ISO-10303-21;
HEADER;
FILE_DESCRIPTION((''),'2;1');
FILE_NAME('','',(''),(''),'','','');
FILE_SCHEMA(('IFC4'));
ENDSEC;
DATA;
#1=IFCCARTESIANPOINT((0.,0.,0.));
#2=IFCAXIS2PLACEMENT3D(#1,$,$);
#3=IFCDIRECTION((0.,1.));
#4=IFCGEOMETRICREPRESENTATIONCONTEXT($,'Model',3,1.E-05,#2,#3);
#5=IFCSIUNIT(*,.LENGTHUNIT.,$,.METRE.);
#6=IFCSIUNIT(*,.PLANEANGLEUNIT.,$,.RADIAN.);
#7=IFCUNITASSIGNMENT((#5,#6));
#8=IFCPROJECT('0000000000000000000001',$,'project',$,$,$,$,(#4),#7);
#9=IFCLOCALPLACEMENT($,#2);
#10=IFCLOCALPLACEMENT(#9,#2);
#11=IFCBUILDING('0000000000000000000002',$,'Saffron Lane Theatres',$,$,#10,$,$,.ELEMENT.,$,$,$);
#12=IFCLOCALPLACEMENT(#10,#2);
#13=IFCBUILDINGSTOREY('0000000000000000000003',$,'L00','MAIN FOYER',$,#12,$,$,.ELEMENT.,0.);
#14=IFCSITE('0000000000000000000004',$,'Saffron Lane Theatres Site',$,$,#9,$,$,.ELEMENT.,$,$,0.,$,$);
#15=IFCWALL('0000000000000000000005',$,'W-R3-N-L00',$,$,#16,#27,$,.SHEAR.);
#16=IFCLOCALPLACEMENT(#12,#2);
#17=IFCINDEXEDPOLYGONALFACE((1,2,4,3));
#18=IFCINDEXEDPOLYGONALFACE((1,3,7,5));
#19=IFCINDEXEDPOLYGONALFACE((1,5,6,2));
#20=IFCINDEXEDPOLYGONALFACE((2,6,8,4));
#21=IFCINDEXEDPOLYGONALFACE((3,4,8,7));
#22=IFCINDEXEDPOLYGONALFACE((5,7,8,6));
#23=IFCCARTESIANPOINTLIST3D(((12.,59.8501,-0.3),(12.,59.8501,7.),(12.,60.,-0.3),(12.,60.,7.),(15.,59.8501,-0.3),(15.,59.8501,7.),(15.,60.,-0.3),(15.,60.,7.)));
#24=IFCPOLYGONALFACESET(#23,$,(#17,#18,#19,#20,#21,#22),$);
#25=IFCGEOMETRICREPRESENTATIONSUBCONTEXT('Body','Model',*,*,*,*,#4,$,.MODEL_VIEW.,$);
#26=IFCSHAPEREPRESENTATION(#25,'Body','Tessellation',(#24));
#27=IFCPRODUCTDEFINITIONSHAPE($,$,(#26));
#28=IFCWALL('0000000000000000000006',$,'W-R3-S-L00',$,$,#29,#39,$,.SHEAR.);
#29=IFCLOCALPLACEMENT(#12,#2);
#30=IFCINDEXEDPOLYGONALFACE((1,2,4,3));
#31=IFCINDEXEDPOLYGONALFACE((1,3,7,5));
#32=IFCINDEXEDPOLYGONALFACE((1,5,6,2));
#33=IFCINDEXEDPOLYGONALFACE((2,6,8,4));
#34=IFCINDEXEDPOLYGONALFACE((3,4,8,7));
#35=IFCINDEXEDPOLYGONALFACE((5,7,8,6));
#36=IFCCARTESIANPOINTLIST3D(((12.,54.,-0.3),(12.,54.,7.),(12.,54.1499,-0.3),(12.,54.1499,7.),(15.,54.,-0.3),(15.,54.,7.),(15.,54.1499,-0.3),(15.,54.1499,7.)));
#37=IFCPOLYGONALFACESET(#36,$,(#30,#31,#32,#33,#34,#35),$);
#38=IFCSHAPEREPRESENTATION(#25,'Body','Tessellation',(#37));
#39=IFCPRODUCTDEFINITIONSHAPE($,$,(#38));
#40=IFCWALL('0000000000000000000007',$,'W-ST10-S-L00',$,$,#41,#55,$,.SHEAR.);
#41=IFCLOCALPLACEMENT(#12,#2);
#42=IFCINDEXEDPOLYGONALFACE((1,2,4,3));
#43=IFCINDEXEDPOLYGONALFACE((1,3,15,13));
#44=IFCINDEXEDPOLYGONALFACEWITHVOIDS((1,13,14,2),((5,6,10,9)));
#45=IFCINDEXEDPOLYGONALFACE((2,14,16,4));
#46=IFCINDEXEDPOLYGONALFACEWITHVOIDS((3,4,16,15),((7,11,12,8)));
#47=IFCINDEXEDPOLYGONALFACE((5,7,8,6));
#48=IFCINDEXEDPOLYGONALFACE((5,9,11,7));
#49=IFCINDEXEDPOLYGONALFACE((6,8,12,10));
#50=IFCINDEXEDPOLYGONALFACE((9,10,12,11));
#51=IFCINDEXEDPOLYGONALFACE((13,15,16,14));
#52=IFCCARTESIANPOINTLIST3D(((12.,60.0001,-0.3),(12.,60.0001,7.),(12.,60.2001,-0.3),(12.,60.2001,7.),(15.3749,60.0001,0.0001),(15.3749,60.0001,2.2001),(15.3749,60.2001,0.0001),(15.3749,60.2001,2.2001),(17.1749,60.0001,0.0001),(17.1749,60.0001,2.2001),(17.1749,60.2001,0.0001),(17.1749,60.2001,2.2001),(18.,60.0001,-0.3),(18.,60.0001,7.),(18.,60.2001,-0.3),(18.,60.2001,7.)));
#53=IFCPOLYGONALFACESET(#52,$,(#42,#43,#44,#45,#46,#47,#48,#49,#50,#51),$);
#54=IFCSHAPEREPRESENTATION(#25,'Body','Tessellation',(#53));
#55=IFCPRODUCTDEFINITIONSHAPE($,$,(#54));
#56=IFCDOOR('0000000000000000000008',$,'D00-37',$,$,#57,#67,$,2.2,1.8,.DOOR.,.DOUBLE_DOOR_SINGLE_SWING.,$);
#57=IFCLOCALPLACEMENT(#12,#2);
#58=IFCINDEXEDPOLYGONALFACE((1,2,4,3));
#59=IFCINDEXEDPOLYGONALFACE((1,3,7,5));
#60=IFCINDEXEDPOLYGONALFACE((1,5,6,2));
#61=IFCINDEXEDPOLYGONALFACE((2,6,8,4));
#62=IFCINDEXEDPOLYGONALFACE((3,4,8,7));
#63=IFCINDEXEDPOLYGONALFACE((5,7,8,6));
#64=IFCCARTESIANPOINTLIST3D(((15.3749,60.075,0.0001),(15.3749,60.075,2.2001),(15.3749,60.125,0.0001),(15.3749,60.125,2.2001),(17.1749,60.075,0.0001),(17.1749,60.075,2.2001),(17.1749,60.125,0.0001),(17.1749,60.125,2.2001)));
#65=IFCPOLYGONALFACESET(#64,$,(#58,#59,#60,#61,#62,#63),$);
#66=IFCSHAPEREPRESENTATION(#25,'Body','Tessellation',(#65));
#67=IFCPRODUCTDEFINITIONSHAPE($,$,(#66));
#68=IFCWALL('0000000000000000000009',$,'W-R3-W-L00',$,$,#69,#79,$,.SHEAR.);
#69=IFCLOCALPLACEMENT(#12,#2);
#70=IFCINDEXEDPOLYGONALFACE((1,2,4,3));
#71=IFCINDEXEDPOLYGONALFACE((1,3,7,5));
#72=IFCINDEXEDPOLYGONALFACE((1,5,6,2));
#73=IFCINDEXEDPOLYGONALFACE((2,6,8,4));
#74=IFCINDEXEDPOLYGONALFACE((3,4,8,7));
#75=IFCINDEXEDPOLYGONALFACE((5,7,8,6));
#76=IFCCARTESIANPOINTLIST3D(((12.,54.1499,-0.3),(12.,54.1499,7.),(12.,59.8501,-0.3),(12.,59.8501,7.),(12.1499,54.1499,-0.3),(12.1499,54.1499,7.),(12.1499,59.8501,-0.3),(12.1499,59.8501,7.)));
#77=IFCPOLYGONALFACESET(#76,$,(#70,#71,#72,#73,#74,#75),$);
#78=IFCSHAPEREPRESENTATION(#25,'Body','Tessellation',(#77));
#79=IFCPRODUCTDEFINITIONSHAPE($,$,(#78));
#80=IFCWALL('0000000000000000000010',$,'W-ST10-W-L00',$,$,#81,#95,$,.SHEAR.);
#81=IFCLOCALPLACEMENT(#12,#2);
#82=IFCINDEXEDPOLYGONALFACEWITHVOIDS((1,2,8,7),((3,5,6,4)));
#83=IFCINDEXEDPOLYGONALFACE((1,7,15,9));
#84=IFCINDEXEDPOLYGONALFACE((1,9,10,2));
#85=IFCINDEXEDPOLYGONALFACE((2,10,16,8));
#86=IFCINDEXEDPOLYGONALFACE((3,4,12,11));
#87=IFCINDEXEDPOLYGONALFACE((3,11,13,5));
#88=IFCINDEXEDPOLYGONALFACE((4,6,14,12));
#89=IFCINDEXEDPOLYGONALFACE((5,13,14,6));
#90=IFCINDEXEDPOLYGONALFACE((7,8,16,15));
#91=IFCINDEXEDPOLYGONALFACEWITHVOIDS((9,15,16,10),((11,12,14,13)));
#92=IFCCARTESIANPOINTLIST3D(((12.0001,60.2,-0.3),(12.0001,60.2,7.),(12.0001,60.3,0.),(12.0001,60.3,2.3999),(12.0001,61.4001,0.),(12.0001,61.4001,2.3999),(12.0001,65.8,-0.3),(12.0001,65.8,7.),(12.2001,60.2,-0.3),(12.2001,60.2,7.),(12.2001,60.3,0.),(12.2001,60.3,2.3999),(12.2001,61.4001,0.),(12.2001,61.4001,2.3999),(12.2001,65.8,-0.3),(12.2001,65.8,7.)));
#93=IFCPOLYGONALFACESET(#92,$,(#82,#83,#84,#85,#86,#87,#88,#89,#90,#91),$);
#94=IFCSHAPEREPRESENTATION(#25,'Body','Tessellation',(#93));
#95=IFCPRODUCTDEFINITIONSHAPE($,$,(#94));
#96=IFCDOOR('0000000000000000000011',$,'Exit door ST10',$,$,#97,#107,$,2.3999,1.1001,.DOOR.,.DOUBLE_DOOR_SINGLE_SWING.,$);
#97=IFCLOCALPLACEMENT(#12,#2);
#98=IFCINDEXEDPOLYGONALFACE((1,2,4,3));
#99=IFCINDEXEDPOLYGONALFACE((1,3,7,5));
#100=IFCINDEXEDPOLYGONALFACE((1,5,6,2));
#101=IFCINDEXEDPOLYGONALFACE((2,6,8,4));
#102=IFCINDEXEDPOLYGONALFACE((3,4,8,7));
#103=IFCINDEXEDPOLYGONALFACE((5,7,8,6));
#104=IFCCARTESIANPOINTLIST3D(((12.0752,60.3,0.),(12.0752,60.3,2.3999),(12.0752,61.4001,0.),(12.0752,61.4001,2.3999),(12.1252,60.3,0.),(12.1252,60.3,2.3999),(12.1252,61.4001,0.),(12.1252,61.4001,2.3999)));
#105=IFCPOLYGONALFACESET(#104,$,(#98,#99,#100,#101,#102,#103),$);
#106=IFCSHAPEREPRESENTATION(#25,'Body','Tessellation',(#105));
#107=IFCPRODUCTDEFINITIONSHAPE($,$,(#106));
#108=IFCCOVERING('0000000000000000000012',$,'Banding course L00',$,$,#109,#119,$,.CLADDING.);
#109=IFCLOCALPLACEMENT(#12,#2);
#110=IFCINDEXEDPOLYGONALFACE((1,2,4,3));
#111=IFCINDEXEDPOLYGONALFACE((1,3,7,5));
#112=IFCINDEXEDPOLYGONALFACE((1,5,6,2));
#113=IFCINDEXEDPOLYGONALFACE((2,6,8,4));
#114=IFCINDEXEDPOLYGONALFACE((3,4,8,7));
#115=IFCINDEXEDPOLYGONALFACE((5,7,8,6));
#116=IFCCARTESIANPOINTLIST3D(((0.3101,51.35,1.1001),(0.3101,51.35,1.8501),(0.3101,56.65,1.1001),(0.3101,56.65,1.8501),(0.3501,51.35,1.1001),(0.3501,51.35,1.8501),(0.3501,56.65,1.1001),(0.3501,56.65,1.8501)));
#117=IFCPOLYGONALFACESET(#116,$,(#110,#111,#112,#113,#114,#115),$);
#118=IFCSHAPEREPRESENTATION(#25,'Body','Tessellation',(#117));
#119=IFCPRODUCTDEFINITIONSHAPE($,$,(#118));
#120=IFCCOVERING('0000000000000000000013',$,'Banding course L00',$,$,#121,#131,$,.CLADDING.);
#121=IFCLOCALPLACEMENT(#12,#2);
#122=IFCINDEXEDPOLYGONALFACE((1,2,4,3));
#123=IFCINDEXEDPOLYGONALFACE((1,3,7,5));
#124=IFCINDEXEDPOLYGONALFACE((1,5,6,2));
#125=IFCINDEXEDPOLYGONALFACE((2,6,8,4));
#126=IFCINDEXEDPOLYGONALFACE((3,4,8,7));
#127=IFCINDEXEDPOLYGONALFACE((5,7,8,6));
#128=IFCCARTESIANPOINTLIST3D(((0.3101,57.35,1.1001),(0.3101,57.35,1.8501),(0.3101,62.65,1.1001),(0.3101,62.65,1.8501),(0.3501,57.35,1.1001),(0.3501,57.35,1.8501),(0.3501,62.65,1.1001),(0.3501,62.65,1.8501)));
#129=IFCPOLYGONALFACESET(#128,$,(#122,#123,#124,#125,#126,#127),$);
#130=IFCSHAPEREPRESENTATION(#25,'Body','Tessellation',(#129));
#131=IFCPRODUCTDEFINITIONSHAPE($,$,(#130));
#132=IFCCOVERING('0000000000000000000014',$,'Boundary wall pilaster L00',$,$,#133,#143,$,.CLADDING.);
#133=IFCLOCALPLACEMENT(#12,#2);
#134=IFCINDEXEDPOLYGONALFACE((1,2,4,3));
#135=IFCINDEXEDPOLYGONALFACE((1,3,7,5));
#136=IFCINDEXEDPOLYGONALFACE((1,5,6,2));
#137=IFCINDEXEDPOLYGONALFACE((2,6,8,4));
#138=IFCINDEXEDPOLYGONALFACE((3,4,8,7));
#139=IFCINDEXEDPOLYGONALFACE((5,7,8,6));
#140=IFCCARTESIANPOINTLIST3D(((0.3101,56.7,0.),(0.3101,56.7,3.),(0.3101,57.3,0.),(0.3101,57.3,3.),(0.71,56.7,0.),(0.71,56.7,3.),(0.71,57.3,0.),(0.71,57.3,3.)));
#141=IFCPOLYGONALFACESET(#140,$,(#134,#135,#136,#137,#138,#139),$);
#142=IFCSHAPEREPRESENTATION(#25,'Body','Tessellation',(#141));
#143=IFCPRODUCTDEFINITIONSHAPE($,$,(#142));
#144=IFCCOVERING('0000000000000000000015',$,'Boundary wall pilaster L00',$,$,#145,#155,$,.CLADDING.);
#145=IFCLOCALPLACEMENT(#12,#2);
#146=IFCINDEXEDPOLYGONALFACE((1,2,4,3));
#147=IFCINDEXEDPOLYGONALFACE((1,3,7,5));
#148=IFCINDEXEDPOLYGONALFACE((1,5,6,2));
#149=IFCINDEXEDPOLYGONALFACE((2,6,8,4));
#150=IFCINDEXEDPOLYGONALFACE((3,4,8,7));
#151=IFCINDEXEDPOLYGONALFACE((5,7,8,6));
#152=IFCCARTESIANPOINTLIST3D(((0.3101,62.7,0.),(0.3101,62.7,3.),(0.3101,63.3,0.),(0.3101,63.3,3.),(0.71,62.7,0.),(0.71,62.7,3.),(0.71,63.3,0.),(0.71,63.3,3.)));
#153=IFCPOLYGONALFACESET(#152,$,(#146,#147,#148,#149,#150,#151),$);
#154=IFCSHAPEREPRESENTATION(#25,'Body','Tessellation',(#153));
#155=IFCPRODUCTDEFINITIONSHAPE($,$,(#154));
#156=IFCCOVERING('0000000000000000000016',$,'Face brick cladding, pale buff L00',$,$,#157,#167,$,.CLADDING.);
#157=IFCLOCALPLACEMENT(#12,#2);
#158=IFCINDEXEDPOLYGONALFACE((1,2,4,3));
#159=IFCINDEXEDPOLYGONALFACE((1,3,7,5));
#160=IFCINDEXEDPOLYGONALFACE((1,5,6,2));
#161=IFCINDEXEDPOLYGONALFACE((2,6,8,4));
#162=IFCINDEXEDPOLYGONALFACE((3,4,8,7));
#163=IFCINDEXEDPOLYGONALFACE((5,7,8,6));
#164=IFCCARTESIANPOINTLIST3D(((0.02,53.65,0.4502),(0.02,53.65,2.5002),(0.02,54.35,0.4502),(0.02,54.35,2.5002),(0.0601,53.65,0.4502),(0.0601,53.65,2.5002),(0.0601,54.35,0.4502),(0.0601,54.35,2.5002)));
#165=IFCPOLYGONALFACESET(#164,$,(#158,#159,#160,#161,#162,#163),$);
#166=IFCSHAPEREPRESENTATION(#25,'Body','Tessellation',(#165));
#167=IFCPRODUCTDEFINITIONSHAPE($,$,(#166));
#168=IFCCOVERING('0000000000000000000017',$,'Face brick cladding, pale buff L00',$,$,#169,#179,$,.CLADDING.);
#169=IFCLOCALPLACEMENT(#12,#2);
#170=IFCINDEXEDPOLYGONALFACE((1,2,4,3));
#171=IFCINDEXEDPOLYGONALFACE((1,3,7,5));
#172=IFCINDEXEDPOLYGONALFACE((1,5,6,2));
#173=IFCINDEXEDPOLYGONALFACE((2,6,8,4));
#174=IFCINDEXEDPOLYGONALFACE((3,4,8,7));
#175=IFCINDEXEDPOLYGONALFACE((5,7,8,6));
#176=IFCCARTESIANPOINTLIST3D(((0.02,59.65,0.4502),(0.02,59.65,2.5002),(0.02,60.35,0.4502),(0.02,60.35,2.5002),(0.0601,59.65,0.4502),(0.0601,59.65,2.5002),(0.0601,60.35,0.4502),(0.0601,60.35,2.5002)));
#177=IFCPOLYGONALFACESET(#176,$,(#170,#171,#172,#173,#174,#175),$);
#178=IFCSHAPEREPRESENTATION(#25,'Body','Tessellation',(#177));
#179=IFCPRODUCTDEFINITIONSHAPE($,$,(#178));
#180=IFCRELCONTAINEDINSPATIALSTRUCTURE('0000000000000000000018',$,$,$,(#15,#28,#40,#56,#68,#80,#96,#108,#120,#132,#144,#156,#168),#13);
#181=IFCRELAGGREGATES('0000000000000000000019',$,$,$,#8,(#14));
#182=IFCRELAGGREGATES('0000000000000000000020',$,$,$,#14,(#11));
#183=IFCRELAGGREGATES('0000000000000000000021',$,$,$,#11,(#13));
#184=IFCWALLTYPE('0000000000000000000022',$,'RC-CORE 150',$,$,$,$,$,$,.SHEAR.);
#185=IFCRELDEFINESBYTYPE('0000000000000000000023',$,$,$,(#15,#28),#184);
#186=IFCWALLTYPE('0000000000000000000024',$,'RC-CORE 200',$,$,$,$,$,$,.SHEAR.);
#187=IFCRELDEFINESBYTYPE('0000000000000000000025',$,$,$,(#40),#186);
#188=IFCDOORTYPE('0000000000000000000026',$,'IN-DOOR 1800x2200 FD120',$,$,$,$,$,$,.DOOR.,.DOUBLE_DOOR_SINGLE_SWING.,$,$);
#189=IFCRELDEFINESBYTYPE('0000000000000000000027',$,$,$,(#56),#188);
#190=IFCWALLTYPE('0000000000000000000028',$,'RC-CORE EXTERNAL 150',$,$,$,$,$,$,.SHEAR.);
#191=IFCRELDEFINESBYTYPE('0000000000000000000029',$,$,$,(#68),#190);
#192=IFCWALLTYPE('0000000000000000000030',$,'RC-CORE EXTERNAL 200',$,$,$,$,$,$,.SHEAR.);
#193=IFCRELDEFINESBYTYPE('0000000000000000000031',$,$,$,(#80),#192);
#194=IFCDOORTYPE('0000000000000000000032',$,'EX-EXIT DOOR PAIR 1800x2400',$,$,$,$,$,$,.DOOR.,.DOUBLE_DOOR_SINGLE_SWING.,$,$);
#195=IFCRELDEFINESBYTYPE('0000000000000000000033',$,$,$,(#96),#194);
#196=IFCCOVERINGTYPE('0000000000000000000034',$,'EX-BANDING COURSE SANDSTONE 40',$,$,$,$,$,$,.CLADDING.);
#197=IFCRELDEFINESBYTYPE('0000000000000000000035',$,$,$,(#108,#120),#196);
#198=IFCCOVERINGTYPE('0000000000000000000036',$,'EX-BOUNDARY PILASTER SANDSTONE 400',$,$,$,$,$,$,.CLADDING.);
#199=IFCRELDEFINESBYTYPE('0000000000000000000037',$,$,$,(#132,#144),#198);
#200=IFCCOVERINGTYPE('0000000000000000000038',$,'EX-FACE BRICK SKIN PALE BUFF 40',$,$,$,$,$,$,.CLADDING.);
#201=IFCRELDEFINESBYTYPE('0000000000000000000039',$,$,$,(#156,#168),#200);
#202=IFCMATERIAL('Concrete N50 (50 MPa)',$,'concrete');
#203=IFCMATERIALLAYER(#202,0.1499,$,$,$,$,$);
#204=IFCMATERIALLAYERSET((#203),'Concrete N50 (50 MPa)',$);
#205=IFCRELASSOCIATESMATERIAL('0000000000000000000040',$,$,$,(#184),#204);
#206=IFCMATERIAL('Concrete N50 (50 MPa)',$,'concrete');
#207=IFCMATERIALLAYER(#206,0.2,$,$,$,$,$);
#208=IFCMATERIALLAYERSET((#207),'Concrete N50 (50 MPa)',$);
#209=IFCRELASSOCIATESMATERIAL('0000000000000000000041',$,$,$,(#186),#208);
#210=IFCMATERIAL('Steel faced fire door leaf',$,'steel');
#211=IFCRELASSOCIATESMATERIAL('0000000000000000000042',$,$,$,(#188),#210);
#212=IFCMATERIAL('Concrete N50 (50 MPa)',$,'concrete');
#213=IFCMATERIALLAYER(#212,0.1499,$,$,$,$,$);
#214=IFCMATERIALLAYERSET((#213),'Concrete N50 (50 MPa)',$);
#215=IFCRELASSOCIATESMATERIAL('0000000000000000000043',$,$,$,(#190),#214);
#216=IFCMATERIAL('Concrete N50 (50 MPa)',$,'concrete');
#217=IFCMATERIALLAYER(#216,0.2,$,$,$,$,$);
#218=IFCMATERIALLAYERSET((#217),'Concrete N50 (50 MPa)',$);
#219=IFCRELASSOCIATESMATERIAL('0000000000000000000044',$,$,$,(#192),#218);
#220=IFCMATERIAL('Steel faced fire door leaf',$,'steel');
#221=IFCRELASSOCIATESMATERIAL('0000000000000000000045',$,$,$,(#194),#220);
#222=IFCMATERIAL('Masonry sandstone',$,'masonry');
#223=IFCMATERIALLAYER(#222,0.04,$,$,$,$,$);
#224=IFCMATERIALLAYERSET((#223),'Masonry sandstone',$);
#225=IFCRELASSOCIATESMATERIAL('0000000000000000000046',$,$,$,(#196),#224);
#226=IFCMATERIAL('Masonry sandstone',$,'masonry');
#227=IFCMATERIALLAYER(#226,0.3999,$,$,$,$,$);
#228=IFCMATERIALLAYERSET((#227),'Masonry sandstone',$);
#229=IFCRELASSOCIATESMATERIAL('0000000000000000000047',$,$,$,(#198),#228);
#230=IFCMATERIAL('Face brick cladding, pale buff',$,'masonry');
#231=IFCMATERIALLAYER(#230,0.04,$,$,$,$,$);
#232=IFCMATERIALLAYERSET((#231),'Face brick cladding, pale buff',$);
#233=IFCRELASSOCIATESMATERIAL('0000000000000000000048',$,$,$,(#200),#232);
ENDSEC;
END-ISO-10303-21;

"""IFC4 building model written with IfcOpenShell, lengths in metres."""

from ifc_helpers import new_model, si_unit, direction, frame, frame_2d, origin, origin_2d, place, context, subcontext, project, spatial, rectangle, extrude, material, layer, layer_set, type_object, element, fill, save


model = new_model("IFC4")

# Units and contexts
model_context = context("Model", 3, precision=1e-05, world=origin(), true_north=direction((0.0, 1.0)))
body_context = subcontext(model_context, "Body", "Model", "MODEL_VIEW")
ifc_project = project(units=[si_unit("LENGTHUNIT", "METRE"), si_unit("PLANEANGLEUNIT", "RADIAN")], contexts=[model_context])

# Site, building, storey
site_placement = place(None, origin())
site = spatial("IfcSite", under=ifc_project, at=site_placement, Name="Saffron Lane Theatres Site", CompositionType="ELEMENT", RefElevation=0.0)
building_placement = place(site_placement, origin())
building = spatial("IfcBuilding", under=site, at=building_placement, Name="Saffron Lane Theatres", CompositionType="ELEMENT")
storey_placement = place(building_placement, origin())
storey = spatial("IfcBuildingStorey", under=building, at=storey_placement, Name="L00", Description="MAIN FOYER", CompositionType="ELEMENT", Elevation=0.0)

# Walls
ifc_material_1 = material(Name="Concrete N50 (50 MPa)", Category="concrete")
ifc_layer_1 = layer(ifc_material_1, 0.1499)
ifc_layer_set_1 = layer_set([ifc_layer_1], Name="Concrete N50 (50 MPa)")
wall_type_1 = type_object("IfcWallType", Name="RC-CORE 150", PredefinedType="SHEAR", material=ifc_layer_set_1)
for number, where, z_axis, x_axis, name in (
    (1, (12.0, 59.925, -0.3), (0.0, 0.0, 1.0), (1.0, 0.0, 0.0), "W-R3-N-L00"),
    (2, (12.0, 54.075, -0.3), (0.0, 0.0, 1.0), (1.0, 0.0, 0.0), "W-R3-S-L00"),
):
    element("IfcWall", number, at=place(storey_placement, frame(where, z_axis=z_axis, x_axis=x_axis)), inside=storey, type_object=wall_type_1, Name=name, PredefinedType="SHEAR", context=body_context, shape_type="SweptSolid", body=[
        extrude(rectangle(XDim=3.0, YDim=0.1499, at=frame_2d((1.5, 0.0))), origin(), (0.0, 0.0, 1.0), 7.3),
    ])

# Wall, opening, door
ifc_material_2 = material(Name="Concrete N50 (50 MPa)", Category="concrete")
ifc_layer_2 = layer(ifc_material_2, 0.2)
ifc_layer_set_2 = layer_set([ifc_layer_2], Name="Concrete N50 (50 MPa)")
wall_type_2 = type_object("IfcWallType", Name="RC-CORE 200", PredefinedType="SHEAR", material=ifc_layer_set_2)
wall_1_placement = place(storey_placement, frame((12.0, 60.1001, -0.3), z_axis=(0.0, 0.0, 1.0), x_axis=(1.0, 0.0, 0.0)))
wall_1 = element("IfcWall", 3, at=wall_1_placement, inside=storey, type_object=wall_type_2, Name="W-ST10-S-L00", PredefinedType="SHEAR", context=body_context, shape_type="SweptSolid", body=[
    extrude(rectangle(XDim=6.0, YDim=0.2, at=frame_2d((3.0, 0.0))), origin(), (0.0, 0.0, 1.0), 7.3),
])
opening_1_placement = place(wall_1_placement, frame((3.375, 0.0, 0.3)))
opening_1 = element("IfcOpeningElement", 4, at=opening_1_placement, cuts=wall_1, PredefinedType="OPENING", context=body_context, shape_type="SweptSolid", body=[
    extrude(rectangle(XDim=1.8, YDim=2.2, at=frame_2d((0.8999, 1.1001))), frame((0.0, 0.1099, 0.0), z_axis=(0.0, -1.0, 0.0), x_axis=(1.0, 0.0, 0.0)), (0.0, 0.0, 1.0), 0.22),
])
ifc_material_3 = material(Name="Steel faced fire door leaf", Category="steel")
door_type_1 = type_object("IfcDoorType", Name="IN-DOOR 1800x2200 FD120", OperationType="DOUBLE_DOOR_SINGLE_SWING", PredefinedType="DOOR", material=ifc_material_3)
door_1_placement = place(opening_1_placement, origin())
door_1 = element("IfcDoor", 5, at=door_1_placement, inside=storey, type_object=door_type_1, Name="D00-37", OperationType="DOUBLE_DOOR_SINGLE_SWING", OverallHeight=2.2, OverallWidth=1.8, PredefinedType="DOOR", context=body_context, shape_type="SweptSolid", body=[
    extrude(rectangle(XDim=1.8, YDim=2.2, at=frame_2d((0.8999, 1.1001))), frame((0.0, 0.0249, 0.0), z_axis=(0.0, -1.0, 0.0), x_axis=(1.0, 0.0, 0.0)), (0.0, 0.0, 1.0), 0.05),
])
fill(opening_1, door_1)

# Wall
ifc_material_4 = material(Name="Concrete N50 (50 MPa)", Category="concrete")
ifc_layer_3 = layer(ifc_material_4, 0.1499)
ifc_layer_set_3 = layer_set([ifc_layer_3], Name="Concrete N50 (50 MPa)")
wall_type_3 = type_object("IfcWallType", Name="RC-CORE EXTERNAL 150", PredefinedType="SHEAR", material=ifc_layer_set_3)
wall_2_placement = place(storey_placement, frame((12.075, 54.1499, -0.3), z_axis=(0.0, 0.0, 1.0), x_axis=(0.0, 1.0, 0.0)))
element("IfcWall", 6, at=wall_2_placement, inside=storey, type_object=wall_type_3, Name="W-R3-W-L00", PredefinedType="SHEAR", context=body_context, shape_type="SweptSolid", body=[
    extrude(rectangle(XDim=5.7002, YDim=0.1499, at=frame_2d((2.8501, 0.0))), origin(), (0.0, 0.0, 1.0), 7.3),
])

# Wall, opening, door
ifc_material_5 = material(Name="Concrete N50 (50 MPa)", Category="concrete")
ifc_layer_4 = layer(ifc_material_5, 0.2)
ifc_layer_set_4 = layer_set([ifc_layer_4], Name="Concrete N50 (50 MPa)")
wall_type_4 = type_object("IfcWallType", Name="RC-CORE EXTERNAL 200", PredefinedType="SHEAR", material=ifc_layer_set_4)
wall_3_placement = place(storey_placement, frame((12.1001, 60.2, -0.3), z_axis=(0.0, 0.0, 1.0), x_axis=(0.0, 1.0, 0.0)))
wall_3 = element("IfcWall", 7, at=wall_3_placement, inside=storey, type_object=wall_type_4, Name="W-ST10-W-L00", PredefinedType="SHEAR", context=body_context, shape_type="SweptSolid", body=[
    extrude(rectangle(XDim=5.6001, YDim=0.2, at=frame_2d((2.8, 0.0))), origin(), (0.0, 0.0, 1.0), 7.3),
])
opening_2_placement = place(wall_3_placement, frame((0.1001, 0.0, 0.3)))
opening_2 = element("IfcOpeningElement", 8, at=opening_2_placement, cuts=wall_3, PredefinedType="OPENING", context=body_context, shape_type="SweptSolid", body=[
    extrude(rectangle(XDim=1.1001, YDim=2.3999, at=frame_2d((0.55, 1.2))), frame((0.0, 0.1099, 0.0), z_axis=(0.0, -1.0, 0.0), x_axis=(1.0, 0.0, 0.0)), (0.0, 0.0, 1.0), 0.22),
])
ifc_material_6 = material(Name="Steel faced fire door leaf", Category="steel")
door_type_2 = type_object("IfcDoorType", Name="EX-EXIT DOOR PAIR 1800x2400", OperationType="DOUBLE_DOOR_SINGLE_SWING", PredefinedType="DOOR", material=ifc_material_6)
door_2_placement = place(opening_2_placement, origin())
door_2 = element("IfcDoor", 9, at=door_2_placement, inside=storey, type_object=door_type_2, Name="Exit door ST10", OperationType="DOUBLE_DOOR_SINGLE_SWING", OverallHeight=2.3999, OverallWidth=1.1001, PredefinedType="DOOR", context=body_context, shape_type="SweptSolid", body=[
    extrude(rectangle(XDim=1.1001, YDim=2.3999, at=frame_2d((0.55, 1.2))), frame((0.0, 0.0249, 0.0), z_axis=(0.0, -1.0, 0.0), x_axis=(1.0, 0.0, 0.0)), (0.0, 0.0, 1.0), 0.05),
])
fill(opening_2, door_2)

# Coverings
ifc_material_7 = material(Name="Masonry sandstone", Category="masonry")
ifc_layer_5 = layer(ifc_material_7, 0.04)
ifc_layer_set_5 = layer_set([ifc_layer_5], Name="Masonry sandstone")
covering_type_1 = type_object("IfcCoveringType", Name="EX-BANDING COURSE SANDSTONE 40", PredefinedType="CLADDING", material=ifc_layer_set_5)
for number, where, z_axis, x_axis, name in (
    (10, (0.3301, 54.0, 1.1001), (0.0, 0.0, 1.0), (0.0, 1.0, 0.0), "Banding course L00"),
    (11, (0.3301, 60.0, 1.1001), (0.0, 0.0, 1.0), (0.0, 1.0, 0.0), "Banding course L00"),
):
    element("IfcCovering", number, at=place(storey_placement, frame(where, z_axis=z_axis, x_axis=x_axis)), inside=storey, type_object=covering_type_1, Name=name, PredefinedType="CLADDING", context=body_context, shape_type="SweptSolid", body=[
        extrude(rectangle(XDim=5.3, YDim=0.04, at=origin_2d()), origin(), (0.0, 0.0, 1.0), 0.75),
    ])
ifc_material_8 = material(Name="Masonry sandstone", Category="masonry")
ifc_layer_6 = layer(ifc_material_8, 0.3999)
ifc_layer_set_6 = layer_set([ifc_layer_6], Name="Masonry sandstone")
covering_type_2 = type_object("IfcCoveringType", Name="EX-BOUNDARY PILASTER SANDSTONE 400", PredefinedType="CLADDING", material=ifc_layer_set_6)
for number, where, z_axis, x_axis, name in (
    (12, (0.51, 57.0, 0.0), (0.0, 0.0, 1.0), (0.0, 1.0, 0.0), "Boundary wall pilaster L00"),
    (13, (0.51, 63.0, 0.0), (0.0, 0.0, 1.0), (0.0, 1.0, 0.0), "Boundary wall pilaster L00"),
):
    element("IfcCovering", number, at=place(storey_placement, frame(where, z_axis=z_axis, x_axis=x_axis)), inside=storey, type_object=covering_type_2, Name=name, PredefinedType="CLADDING", context=body_context, shape_type="SweptSolid", body=[
        extrude(rectangle(XDim=0.6001, YDim=0.3999, at=origin_2d()), origin(), (0.0, 0.0, 1.0), 3.0),
    ])
ifc_material_9 = material(Name="Face brick cladding, pale buff", Category="masonry")
ifc_layer_7 = layer(ifc_material_9, 0.04)
ifc_layer_set_7 = layer_set([ifc_layer_7], Name="Face brick cladding, pale buff")
covering_type_3 = type_object("IfcCoveringType", Name="EX-FACE BRICK SKIN PALE BUFF 40", PredefinedType="CLADDING", material=ifc_layer_set_7)
for number, where, z_axis, x_axis, name in (
    (14, (0.04, 54.0, 0.4502), (0.0, 0.0, 1.0), (0.0, 1.0, 0.0), "Face brick cladding, pale buff L00"),
    (15, (0.04, 60.0, 0.4502), (0.0, 0.0, 1.0), (0.0, 1.0, 0.0), "Face brick cladding, pale buff L00"),
):
    element("IfcCovering", number, at=place(storey_placement, frame(where, z_axis=z_axis, x_axis=x_axis)), inside=storey, type_object=covering_type_3, Name=name, PredefinedType="CLADDING", context=body_context, shape_type="SweptSolid", body=[
        extrude(rectangle(XDim=0.7, YDim=0.04, at=origin_2d()), origin(), (0.0, 0.0, 1.0), 2.05),
    ])

save(model, "model.ifc")
